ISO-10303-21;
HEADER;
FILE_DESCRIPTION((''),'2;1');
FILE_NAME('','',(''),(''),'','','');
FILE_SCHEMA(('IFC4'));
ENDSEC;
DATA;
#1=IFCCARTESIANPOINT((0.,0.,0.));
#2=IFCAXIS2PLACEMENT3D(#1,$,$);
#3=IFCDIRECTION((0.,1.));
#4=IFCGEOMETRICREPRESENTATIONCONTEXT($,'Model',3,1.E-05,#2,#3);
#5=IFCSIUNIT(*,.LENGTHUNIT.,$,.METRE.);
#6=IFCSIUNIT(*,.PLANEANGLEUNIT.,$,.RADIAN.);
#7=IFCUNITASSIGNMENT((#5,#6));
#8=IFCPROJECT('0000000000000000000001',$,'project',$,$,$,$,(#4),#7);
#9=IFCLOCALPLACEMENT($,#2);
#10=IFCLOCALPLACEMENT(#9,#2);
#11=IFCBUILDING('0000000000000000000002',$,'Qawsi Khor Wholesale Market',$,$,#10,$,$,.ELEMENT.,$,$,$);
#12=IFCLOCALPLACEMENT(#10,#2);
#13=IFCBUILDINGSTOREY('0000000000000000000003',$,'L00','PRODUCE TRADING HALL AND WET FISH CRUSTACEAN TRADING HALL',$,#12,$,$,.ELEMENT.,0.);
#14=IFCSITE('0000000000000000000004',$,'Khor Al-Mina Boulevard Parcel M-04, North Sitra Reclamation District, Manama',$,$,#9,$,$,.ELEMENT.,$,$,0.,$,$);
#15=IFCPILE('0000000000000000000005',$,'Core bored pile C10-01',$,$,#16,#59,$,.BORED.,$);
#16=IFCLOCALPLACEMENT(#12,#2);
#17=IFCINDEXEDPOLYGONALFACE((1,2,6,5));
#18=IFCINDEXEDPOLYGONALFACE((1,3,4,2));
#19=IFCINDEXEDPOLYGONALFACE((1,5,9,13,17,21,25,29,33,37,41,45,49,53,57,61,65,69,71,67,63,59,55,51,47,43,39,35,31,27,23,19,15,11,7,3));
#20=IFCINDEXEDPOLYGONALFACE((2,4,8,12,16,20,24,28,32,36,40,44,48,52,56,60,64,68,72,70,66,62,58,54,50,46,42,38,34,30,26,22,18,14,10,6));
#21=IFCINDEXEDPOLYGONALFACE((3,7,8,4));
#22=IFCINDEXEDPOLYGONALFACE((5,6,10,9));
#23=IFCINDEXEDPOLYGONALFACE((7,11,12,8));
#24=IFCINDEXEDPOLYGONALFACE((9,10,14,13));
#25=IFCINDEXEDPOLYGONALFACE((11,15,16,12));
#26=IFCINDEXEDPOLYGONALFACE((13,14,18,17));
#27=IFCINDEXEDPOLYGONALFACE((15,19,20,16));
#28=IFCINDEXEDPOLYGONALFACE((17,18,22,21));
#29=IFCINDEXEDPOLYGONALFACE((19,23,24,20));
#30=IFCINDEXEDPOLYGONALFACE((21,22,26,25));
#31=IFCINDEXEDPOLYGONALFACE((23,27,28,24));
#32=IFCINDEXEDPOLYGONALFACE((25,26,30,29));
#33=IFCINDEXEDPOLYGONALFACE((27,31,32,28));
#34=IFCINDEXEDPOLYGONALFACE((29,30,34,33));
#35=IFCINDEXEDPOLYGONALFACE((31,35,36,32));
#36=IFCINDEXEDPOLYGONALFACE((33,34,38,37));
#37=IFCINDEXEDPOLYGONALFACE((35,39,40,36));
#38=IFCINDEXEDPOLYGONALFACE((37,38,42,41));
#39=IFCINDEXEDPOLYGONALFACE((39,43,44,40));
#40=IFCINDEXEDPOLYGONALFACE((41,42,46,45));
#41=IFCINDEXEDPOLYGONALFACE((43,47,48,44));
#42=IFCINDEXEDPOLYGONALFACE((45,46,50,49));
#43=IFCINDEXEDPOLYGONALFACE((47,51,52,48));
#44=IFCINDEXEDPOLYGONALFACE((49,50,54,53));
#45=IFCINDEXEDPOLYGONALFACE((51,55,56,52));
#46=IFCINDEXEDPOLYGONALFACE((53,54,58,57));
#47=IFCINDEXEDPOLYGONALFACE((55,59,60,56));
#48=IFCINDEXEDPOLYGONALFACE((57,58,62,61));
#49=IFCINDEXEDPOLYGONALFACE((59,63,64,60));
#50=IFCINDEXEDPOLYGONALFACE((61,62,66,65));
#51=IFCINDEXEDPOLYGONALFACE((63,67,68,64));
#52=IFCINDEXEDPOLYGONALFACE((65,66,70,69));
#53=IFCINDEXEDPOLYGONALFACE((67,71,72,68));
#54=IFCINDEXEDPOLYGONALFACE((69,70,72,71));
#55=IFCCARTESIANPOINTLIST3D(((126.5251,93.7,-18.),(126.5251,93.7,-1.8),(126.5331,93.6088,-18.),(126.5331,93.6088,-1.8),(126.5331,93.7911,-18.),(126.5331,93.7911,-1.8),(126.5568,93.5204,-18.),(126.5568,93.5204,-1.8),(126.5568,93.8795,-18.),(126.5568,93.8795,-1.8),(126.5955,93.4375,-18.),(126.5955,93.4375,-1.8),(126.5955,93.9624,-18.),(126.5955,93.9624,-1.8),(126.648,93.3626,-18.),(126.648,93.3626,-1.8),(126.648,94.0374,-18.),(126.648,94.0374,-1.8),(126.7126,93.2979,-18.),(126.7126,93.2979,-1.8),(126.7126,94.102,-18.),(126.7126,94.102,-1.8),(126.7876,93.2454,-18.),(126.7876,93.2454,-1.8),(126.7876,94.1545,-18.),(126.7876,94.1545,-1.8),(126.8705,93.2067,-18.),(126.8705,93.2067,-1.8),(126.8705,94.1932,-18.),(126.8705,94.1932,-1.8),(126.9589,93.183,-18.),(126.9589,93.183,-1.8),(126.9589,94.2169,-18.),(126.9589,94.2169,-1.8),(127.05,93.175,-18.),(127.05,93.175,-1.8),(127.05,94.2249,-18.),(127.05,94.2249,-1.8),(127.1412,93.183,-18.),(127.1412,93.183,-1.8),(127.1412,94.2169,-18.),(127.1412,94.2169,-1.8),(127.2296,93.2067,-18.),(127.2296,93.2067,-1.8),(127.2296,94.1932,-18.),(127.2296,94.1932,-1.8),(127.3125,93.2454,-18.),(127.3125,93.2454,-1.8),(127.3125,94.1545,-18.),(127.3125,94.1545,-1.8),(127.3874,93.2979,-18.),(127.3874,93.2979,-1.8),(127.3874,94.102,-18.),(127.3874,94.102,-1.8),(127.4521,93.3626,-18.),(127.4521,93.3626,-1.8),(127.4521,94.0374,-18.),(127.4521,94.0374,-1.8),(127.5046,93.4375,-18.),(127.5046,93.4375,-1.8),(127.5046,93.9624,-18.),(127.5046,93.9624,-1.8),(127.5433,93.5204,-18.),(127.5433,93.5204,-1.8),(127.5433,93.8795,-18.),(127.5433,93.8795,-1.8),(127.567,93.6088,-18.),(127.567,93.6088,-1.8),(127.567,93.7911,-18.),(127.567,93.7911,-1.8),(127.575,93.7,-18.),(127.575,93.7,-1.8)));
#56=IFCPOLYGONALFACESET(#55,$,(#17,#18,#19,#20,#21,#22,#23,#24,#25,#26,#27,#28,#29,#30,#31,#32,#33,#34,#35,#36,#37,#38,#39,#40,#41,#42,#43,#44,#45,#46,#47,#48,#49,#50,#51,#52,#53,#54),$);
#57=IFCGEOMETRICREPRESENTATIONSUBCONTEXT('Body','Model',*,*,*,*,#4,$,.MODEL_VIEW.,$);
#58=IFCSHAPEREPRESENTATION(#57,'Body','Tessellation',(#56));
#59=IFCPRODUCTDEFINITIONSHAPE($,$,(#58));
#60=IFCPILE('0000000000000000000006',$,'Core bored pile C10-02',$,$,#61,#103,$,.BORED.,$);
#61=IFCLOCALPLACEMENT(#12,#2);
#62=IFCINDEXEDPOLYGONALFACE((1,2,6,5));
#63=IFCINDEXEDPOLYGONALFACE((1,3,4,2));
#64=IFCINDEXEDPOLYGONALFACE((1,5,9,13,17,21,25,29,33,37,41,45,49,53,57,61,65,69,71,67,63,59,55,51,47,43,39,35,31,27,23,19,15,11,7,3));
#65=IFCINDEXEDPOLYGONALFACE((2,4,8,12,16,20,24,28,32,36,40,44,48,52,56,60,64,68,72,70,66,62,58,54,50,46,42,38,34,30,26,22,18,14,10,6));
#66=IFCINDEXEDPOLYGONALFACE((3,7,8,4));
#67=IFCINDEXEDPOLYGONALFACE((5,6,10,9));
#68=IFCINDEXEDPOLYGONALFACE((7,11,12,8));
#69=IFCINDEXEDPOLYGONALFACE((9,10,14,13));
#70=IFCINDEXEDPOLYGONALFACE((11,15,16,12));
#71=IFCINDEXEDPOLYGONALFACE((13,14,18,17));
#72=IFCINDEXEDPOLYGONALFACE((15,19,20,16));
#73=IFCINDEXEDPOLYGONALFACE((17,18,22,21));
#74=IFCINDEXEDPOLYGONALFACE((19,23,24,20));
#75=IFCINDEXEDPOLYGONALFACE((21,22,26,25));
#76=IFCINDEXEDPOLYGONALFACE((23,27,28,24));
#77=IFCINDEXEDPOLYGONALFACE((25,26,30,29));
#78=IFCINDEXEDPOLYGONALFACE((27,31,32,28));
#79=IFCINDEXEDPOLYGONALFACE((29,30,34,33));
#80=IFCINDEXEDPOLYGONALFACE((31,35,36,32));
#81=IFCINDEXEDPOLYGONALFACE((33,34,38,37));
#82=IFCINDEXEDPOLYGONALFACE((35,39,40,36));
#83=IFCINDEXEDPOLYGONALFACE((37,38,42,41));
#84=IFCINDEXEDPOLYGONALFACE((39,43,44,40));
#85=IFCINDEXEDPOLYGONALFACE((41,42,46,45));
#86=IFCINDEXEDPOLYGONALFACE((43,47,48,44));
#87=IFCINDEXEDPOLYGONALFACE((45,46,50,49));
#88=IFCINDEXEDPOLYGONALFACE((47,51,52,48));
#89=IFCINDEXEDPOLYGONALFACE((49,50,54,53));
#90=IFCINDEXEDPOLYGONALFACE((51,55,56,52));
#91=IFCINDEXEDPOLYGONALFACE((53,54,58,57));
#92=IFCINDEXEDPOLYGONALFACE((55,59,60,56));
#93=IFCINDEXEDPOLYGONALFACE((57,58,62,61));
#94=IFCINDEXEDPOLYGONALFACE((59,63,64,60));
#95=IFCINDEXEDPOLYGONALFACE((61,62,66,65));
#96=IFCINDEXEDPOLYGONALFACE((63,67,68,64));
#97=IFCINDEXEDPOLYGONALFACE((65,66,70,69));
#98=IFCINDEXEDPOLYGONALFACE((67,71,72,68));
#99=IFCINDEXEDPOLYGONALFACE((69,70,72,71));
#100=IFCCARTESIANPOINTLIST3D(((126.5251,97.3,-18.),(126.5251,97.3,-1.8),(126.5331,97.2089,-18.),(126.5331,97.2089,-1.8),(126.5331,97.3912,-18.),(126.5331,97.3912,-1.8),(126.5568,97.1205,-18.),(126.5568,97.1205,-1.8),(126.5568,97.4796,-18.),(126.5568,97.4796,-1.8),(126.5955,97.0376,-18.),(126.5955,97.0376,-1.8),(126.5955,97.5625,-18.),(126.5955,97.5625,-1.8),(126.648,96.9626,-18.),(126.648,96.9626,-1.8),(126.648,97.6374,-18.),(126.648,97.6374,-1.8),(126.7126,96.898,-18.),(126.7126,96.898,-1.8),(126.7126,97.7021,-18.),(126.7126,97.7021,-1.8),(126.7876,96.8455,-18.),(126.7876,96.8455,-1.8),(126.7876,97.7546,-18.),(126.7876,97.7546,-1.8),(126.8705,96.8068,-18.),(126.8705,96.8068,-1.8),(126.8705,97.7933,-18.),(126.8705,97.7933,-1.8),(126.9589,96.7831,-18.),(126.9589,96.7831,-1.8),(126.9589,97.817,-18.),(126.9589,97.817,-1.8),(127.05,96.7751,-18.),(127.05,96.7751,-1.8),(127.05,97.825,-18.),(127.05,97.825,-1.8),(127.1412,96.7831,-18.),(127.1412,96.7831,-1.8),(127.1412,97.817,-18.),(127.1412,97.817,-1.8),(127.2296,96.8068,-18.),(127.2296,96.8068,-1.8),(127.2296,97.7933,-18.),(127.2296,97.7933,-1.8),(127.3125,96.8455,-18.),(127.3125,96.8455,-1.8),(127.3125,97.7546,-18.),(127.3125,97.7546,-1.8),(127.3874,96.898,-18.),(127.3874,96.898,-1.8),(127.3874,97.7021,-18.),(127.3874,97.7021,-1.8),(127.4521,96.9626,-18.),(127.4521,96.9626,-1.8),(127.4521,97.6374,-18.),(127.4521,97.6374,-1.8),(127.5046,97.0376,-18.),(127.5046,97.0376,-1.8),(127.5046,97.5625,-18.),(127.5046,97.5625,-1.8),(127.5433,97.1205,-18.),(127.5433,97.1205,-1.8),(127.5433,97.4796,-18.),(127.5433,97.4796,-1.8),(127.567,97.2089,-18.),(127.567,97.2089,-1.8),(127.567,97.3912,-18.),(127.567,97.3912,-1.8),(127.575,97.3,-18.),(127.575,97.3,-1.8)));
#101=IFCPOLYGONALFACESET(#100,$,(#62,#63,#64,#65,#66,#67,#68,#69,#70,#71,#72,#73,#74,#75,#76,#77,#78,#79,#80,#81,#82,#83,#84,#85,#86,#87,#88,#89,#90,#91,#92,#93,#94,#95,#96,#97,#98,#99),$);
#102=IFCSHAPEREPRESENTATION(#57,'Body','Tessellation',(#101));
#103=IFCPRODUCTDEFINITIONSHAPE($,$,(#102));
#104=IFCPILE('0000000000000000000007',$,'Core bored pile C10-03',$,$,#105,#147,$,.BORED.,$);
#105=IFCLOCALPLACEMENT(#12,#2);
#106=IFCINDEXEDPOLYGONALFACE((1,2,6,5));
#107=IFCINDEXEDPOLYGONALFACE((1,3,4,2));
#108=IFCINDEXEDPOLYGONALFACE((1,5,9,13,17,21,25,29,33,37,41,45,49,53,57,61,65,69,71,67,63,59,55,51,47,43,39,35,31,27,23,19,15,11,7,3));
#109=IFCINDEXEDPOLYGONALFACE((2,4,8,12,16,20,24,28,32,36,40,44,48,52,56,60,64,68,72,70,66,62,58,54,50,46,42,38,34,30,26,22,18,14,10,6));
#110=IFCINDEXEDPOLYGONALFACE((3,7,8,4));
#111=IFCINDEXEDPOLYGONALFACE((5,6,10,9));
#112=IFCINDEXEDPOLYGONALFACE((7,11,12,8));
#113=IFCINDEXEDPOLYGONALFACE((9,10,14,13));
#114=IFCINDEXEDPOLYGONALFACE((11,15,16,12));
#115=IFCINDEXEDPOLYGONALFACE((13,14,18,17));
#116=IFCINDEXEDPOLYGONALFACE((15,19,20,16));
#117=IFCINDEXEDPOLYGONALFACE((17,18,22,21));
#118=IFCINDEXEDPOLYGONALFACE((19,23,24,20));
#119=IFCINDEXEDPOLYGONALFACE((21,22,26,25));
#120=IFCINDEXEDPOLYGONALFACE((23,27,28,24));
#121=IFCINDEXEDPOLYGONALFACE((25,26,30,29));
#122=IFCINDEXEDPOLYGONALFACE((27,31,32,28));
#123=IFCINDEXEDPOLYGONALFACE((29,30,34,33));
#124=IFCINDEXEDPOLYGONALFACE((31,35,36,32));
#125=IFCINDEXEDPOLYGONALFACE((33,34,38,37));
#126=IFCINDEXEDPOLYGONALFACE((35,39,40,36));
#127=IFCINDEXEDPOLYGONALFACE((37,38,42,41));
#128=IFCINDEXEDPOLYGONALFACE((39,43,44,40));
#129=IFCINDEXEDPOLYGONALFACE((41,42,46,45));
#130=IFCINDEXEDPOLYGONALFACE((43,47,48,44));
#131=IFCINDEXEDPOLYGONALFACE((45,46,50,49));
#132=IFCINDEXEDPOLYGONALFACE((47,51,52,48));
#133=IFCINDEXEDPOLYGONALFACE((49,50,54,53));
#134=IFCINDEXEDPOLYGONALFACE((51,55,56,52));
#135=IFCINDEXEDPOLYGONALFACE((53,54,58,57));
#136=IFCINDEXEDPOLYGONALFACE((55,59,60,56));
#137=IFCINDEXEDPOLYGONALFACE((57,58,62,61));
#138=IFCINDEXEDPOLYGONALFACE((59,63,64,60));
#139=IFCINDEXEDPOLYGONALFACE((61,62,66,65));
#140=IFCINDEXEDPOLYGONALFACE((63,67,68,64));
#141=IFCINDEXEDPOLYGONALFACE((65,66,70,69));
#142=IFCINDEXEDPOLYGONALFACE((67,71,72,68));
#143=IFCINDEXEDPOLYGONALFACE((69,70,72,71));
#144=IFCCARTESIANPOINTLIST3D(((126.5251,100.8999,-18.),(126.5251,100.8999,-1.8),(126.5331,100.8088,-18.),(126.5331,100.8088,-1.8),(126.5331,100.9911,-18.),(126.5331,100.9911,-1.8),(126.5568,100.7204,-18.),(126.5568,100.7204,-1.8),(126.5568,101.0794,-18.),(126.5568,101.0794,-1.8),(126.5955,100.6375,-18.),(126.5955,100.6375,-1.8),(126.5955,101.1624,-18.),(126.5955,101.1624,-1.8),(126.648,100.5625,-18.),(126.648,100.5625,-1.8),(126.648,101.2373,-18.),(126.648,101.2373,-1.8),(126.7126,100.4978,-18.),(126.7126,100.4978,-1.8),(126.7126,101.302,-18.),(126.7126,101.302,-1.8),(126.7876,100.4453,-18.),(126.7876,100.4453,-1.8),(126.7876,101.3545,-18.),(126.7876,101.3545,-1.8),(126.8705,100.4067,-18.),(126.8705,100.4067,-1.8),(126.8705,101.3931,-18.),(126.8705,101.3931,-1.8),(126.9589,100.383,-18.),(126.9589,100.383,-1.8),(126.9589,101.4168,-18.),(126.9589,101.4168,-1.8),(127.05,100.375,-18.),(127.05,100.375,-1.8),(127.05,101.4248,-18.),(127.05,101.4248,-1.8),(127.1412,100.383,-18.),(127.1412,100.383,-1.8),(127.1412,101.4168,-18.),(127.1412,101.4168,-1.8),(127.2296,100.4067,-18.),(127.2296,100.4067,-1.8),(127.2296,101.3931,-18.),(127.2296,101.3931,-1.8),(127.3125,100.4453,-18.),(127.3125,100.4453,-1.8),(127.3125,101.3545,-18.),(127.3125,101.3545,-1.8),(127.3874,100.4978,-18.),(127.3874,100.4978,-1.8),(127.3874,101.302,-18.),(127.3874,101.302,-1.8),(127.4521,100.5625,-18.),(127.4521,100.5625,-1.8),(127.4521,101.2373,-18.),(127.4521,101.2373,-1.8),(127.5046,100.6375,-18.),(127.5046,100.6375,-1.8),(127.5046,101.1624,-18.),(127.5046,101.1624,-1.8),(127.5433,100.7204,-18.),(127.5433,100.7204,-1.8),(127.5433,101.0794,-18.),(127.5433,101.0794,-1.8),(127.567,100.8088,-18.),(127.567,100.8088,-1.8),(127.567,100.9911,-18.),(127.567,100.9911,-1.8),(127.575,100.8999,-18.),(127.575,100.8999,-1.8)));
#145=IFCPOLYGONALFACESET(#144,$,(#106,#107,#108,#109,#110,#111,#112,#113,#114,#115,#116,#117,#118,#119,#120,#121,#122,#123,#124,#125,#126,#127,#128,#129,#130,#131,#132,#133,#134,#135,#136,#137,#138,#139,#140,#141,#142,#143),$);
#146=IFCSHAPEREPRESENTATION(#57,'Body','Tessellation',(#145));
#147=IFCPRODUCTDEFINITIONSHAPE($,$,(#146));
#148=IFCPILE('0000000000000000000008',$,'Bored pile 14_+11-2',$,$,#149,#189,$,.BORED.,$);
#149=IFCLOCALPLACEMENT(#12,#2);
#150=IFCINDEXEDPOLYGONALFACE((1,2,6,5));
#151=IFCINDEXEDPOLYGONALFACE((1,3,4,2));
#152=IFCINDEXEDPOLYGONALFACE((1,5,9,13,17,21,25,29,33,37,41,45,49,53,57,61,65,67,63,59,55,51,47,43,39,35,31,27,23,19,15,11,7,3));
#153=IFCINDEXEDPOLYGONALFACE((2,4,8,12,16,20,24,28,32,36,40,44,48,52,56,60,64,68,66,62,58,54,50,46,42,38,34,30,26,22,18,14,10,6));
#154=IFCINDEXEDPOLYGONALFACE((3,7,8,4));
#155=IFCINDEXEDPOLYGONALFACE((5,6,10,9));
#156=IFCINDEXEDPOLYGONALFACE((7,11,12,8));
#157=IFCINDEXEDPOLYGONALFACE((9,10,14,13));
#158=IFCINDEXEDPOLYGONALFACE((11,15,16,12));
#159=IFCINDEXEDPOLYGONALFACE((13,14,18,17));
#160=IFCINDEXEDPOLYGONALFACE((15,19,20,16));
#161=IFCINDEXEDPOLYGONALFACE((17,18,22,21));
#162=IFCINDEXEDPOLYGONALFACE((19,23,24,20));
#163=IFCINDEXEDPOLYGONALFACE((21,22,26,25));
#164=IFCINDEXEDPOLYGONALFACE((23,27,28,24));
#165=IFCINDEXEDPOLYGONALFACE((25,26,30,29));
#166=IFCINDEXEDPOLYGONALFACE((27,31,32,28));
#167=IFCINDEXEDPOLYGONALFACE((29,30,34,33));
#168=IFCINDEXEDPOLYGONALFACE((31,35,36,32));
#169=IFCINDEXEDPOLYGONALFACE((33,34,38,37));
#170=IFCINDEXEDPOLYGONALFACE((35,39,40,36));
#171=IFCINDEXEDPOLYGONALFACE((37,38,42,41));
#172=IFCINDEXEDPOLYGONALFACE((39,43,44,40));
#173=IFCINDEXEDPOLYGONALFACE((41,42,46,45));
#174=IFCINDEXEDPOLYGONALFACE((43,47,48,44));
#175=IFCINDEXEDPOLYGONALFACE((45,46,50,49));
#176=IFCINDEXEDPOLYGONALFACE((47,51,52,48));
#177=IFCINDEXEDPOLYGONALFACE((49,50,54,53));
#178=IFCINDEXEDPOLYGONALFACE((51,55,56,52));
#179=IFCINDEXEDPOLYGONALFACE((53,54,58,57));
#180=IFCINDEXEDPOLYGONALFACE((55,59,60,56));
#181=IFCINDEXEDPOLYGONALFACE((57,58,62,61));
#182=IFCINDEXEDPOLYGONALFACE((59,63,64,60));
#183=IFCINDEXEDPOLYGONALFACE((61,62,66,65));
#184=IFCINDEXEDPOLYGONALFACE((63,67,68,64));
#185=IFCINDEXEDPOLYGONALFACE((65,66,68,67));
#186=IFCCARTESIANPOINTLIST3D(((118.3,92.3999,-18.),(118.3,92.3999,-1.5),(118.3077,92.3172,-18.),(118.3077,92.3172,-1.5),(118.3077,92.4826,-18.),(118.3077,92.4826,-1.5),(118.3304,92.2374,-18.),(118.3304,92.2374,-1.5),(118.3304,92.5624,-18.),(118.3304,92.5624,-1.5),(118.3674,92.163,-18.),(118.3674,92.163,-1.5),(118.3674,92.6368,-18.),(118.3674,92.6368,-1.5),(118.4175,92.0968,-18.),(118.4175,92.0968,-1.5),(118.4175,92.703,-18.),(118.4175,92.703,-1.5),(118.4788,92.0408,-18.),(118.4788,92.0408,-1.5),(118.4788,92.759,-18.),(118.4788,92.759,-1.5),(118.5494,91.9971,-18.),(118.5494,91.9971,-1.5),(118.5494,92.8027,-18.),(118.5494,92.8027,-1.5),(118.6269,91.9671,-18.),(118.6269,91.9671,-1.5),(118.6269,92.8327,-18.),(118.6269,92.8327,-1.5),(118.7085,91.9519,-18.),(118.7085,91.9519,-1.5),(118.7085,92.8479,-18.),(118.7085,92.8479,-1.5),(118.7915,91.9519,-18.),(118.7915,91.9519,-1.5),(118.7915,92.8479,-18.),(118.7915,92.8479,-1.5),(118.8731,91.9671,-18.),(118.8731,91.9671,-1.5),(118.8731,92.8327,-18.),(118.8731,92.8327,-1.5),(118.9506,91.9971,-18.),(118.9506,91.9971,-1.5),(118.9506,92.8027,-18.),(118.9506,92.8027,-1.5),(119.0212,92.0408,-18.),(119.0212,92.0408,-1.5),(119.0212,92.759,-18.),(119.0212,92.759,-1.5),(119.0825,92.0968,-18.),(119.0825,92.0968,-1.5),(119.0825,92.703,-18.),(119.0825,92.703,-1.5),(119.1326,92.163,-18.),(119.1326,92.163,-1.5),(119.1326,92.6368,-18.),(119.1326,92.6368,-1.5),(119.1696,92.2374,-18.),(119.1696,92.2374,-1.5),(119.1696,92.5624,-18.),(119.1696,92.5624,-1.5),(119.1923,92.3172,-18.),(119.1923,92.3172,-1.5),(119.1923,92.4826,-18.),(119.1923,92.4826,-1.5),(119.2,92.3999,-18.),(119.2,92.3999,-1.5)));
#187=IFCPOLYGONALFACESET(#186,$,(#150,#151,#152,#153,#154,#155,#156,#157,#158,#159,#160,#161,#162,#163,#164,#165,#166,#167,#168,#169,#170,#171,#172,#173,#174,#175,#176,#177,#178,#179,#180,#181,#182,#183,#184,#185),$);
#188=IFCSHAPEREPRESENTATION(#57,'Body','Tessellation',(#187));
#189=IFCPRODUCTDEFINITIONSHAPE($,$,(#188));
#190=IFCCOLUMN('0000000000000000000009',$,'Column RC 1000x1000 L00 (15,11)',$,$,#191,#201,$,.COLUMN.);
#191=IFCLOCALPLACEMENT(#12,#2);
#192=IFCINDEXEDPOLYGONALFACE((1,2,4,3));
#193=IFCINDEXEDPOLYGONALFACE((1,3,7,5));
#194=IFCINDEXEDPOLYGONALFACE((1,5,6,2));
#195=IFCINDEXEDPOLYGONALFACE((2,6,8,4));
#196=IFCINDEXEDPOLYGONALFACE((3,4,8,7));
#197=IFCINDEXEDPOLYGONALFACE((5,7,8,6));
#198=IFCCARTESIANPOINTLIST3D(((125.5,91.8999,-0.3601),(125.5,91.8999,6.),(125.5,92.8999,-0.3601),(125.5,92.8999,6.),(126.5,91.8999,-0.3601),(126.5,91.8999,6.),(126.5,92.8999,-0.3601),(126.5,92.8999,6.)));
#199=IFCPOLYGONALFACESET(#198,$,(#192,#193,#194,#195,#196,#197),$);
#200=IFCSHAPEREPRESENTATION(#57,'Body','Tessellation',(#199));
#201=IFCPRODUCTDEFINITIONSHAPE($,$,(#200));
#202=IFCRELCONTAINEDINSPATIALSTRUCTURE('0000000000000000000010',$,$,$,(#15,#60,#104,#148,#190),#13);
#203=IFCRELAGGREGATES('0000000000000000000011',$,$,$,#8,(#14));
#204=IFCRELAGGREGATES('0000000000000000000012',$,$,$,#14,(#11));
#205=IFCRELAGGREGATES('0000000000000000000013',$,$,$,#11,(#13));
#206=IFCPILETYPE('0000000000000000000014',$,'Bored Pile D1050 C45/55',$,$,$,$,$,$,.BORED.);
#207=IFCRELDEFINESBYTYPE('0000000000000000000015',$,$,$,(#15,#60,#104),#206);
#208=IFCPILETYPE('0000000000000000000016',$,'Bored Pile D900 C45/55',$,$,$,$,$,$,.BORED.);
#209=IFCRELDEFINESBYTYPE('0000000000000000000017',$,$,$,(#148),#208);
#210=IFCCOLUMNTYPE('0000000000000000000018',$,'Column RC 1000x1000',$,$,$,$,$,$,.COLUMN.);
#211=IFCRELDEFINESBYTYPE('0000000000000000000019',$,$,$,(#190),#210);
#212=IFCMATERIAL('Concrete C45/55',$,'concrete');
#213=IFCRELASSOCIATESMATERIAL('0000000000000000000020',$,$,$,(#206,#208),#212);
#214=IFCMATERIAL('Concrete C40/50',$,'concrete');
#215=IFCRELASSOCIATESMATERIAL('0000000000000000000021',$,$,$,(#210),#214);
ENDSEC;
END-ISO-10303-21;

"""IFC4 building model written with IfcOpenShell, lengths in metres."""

from ifc_helpers import new_model, si_unit, direction, frame, origin, origin_2d, place, context, subcontext, project, spatial, rectangle, circle, extrude, material, material_profile, profile_set, type_object, element, save


model = new_model("IFC4")

# Units and contexts
model_context = context("Model", 3, precision=1e-05, world=origin(), true_north=direction((0.0, 1.0)))
body_context = subcontext(model_context, "Body", "Model", "MODEL_VIEW")
ifc_project = project(units=[si_unit("LENGTHUNIT", "METRE"), si_unit("PLANEANGLEUNIT", "RADIAN")], contexts=[model_context])

# Site, building, storey
site_placement = place(None, origin())
site = spatial("IfcSite", under=ifc_project, at=site_placement, Name="Khor Al-Mina Boulevard Parcel M-04, North Sitra Reclamation District, Manama", CompositionType="ELEMENT", RefElevation=0.0)
building_placement = place(site_placement, origin())
building = spatial("IfcBuilding", under=site, at=building_placement, Name="Qawsi Khor Wholesale Market", CompositionType="ELEMENT")
storey_placement = place(building_placement, origin())
storey = spatial("IfcBuildingStorey", under=building, at=storey_placement, Name="L00", Description="PRODUCE TRADING HALL AND WET FISH CRUSTACEAN TRADING HALL", CompositionType="ELEMENT", Elevation=0.0)

# Piles
ifc_material_1 = material(Name="Concrete C45/55", Category="concrete")
ifc_material_profile_1 = material_profile(ifc_material_1, circle(Radius=0.5249, at=origin_2d()), Name="PILE D1050")
ifc_profile_set_1 = profile_set([ifc_material_profile_1], Name="Concrete C45/55")
pile_type_1 = type_object("IfcPileType", Name="Bored Pile D1050 C45/55", PredefinedType="BORED", material=ifc_profile_set_1)
for number, where, z_axis, x_axis, name in (
    (1, (127.05, 93.7, -1.8), (0.0, 0.0, -1.0), (1.0, 0.0, 0.0), "Core bored pile C10-01"),
    (2, (127.05, 97.3, -1.8), (0.0, 0.0, -1.0), (1.0, 0.0, 0.0), "Core bored pile C10-02"),
    (3, (127.05, 100.8999, -1.8), (0.0, 0.0, -1.0), (1.0, 0.0, 0.0), "Core bored pile C10-03"),
):
    element("IfcPile", number, at=place(storey_placement, frame(where, z_axis=z_axis, x_axis=x_axis)), inside=storey, type_object=pile_type_1, Name=name, PredefinedType="BORED", context=body_context, shape_type="SweptSolid", body=[
        extrude(circle(Radius=0.5249, at=origin_2d()), origin(), (0.0, 0.0, 1.0), 16.2),
    ])
ifc_material_profile_2 = material_profile(ifc_material_1, circle(Radius=0.45, at=origin_2d()), Name="PILE D900")
ifc_profile_set_2 = profile_set([ifc_material_profile_2], Name="Concrete C45/55")
pile_type_2 = type_object("IfcPileType", Name="Bored Pile D900 C45/55", PredefinedType="BORED", material=ifc_profile_set_2)
pile_placement = place(storey_placement, frame((118.75, 92.3999, -1.5), z_axis=(0.0, 0.0, -1.0), x_axis=(1.0, 0.0, 0.0)))
element("IfcPile", 4, at=pile_placement, inside=storey, type_object=pile_type_2, Name="Bored pile 14_+11-2", PredefinedType="BORED", context=body_context, shape_type="SweptSolid", body=[
    extrude(circle(Radius=0.45, at=origin_2d()), origin(), (0.0, 0.0, 1.0), 16.5),
])

# Column
ifc_material_2 = material(Name="Concrete C40/50", Category="concrete")
ifc_material_profile_3 = material_profile(ifc_material_2, rectangle(XDim=1.0, YDim=1.0, at=origin_2d()), Name="RC 1000x1000")
ifc_profile_set_3 = profile_set([ifc_material_profile_3], Name="Concrete C40/50")
column_type = type_object("IfcColumnType", Name="Column RC 1000x1000", PredefinedType="COLUMN", material=ifc_profile_set_3)
column_placement = place(storey_placement, frame((126.0, 92.3999, -0.3601), z_axis=(0.0, 0.0, 1.0), x_axis=(1.0, 0.0, 0.0)))
element("IfcColumn", 5, at=column_placement, inside=storey, type_object=column_type, Name="Column RC 1000x1000 L00 (15,11)", PredefinedType="COLUMN", context=body_context, shape_type="SweptSolid", body=[
    extrude(rectangle(XDim=1.0, YDim=1.0, at=origin_2d()), origin(), (0.0, 0.0, 1.0), 6.3601),
])

save(model, "model.ifc")
